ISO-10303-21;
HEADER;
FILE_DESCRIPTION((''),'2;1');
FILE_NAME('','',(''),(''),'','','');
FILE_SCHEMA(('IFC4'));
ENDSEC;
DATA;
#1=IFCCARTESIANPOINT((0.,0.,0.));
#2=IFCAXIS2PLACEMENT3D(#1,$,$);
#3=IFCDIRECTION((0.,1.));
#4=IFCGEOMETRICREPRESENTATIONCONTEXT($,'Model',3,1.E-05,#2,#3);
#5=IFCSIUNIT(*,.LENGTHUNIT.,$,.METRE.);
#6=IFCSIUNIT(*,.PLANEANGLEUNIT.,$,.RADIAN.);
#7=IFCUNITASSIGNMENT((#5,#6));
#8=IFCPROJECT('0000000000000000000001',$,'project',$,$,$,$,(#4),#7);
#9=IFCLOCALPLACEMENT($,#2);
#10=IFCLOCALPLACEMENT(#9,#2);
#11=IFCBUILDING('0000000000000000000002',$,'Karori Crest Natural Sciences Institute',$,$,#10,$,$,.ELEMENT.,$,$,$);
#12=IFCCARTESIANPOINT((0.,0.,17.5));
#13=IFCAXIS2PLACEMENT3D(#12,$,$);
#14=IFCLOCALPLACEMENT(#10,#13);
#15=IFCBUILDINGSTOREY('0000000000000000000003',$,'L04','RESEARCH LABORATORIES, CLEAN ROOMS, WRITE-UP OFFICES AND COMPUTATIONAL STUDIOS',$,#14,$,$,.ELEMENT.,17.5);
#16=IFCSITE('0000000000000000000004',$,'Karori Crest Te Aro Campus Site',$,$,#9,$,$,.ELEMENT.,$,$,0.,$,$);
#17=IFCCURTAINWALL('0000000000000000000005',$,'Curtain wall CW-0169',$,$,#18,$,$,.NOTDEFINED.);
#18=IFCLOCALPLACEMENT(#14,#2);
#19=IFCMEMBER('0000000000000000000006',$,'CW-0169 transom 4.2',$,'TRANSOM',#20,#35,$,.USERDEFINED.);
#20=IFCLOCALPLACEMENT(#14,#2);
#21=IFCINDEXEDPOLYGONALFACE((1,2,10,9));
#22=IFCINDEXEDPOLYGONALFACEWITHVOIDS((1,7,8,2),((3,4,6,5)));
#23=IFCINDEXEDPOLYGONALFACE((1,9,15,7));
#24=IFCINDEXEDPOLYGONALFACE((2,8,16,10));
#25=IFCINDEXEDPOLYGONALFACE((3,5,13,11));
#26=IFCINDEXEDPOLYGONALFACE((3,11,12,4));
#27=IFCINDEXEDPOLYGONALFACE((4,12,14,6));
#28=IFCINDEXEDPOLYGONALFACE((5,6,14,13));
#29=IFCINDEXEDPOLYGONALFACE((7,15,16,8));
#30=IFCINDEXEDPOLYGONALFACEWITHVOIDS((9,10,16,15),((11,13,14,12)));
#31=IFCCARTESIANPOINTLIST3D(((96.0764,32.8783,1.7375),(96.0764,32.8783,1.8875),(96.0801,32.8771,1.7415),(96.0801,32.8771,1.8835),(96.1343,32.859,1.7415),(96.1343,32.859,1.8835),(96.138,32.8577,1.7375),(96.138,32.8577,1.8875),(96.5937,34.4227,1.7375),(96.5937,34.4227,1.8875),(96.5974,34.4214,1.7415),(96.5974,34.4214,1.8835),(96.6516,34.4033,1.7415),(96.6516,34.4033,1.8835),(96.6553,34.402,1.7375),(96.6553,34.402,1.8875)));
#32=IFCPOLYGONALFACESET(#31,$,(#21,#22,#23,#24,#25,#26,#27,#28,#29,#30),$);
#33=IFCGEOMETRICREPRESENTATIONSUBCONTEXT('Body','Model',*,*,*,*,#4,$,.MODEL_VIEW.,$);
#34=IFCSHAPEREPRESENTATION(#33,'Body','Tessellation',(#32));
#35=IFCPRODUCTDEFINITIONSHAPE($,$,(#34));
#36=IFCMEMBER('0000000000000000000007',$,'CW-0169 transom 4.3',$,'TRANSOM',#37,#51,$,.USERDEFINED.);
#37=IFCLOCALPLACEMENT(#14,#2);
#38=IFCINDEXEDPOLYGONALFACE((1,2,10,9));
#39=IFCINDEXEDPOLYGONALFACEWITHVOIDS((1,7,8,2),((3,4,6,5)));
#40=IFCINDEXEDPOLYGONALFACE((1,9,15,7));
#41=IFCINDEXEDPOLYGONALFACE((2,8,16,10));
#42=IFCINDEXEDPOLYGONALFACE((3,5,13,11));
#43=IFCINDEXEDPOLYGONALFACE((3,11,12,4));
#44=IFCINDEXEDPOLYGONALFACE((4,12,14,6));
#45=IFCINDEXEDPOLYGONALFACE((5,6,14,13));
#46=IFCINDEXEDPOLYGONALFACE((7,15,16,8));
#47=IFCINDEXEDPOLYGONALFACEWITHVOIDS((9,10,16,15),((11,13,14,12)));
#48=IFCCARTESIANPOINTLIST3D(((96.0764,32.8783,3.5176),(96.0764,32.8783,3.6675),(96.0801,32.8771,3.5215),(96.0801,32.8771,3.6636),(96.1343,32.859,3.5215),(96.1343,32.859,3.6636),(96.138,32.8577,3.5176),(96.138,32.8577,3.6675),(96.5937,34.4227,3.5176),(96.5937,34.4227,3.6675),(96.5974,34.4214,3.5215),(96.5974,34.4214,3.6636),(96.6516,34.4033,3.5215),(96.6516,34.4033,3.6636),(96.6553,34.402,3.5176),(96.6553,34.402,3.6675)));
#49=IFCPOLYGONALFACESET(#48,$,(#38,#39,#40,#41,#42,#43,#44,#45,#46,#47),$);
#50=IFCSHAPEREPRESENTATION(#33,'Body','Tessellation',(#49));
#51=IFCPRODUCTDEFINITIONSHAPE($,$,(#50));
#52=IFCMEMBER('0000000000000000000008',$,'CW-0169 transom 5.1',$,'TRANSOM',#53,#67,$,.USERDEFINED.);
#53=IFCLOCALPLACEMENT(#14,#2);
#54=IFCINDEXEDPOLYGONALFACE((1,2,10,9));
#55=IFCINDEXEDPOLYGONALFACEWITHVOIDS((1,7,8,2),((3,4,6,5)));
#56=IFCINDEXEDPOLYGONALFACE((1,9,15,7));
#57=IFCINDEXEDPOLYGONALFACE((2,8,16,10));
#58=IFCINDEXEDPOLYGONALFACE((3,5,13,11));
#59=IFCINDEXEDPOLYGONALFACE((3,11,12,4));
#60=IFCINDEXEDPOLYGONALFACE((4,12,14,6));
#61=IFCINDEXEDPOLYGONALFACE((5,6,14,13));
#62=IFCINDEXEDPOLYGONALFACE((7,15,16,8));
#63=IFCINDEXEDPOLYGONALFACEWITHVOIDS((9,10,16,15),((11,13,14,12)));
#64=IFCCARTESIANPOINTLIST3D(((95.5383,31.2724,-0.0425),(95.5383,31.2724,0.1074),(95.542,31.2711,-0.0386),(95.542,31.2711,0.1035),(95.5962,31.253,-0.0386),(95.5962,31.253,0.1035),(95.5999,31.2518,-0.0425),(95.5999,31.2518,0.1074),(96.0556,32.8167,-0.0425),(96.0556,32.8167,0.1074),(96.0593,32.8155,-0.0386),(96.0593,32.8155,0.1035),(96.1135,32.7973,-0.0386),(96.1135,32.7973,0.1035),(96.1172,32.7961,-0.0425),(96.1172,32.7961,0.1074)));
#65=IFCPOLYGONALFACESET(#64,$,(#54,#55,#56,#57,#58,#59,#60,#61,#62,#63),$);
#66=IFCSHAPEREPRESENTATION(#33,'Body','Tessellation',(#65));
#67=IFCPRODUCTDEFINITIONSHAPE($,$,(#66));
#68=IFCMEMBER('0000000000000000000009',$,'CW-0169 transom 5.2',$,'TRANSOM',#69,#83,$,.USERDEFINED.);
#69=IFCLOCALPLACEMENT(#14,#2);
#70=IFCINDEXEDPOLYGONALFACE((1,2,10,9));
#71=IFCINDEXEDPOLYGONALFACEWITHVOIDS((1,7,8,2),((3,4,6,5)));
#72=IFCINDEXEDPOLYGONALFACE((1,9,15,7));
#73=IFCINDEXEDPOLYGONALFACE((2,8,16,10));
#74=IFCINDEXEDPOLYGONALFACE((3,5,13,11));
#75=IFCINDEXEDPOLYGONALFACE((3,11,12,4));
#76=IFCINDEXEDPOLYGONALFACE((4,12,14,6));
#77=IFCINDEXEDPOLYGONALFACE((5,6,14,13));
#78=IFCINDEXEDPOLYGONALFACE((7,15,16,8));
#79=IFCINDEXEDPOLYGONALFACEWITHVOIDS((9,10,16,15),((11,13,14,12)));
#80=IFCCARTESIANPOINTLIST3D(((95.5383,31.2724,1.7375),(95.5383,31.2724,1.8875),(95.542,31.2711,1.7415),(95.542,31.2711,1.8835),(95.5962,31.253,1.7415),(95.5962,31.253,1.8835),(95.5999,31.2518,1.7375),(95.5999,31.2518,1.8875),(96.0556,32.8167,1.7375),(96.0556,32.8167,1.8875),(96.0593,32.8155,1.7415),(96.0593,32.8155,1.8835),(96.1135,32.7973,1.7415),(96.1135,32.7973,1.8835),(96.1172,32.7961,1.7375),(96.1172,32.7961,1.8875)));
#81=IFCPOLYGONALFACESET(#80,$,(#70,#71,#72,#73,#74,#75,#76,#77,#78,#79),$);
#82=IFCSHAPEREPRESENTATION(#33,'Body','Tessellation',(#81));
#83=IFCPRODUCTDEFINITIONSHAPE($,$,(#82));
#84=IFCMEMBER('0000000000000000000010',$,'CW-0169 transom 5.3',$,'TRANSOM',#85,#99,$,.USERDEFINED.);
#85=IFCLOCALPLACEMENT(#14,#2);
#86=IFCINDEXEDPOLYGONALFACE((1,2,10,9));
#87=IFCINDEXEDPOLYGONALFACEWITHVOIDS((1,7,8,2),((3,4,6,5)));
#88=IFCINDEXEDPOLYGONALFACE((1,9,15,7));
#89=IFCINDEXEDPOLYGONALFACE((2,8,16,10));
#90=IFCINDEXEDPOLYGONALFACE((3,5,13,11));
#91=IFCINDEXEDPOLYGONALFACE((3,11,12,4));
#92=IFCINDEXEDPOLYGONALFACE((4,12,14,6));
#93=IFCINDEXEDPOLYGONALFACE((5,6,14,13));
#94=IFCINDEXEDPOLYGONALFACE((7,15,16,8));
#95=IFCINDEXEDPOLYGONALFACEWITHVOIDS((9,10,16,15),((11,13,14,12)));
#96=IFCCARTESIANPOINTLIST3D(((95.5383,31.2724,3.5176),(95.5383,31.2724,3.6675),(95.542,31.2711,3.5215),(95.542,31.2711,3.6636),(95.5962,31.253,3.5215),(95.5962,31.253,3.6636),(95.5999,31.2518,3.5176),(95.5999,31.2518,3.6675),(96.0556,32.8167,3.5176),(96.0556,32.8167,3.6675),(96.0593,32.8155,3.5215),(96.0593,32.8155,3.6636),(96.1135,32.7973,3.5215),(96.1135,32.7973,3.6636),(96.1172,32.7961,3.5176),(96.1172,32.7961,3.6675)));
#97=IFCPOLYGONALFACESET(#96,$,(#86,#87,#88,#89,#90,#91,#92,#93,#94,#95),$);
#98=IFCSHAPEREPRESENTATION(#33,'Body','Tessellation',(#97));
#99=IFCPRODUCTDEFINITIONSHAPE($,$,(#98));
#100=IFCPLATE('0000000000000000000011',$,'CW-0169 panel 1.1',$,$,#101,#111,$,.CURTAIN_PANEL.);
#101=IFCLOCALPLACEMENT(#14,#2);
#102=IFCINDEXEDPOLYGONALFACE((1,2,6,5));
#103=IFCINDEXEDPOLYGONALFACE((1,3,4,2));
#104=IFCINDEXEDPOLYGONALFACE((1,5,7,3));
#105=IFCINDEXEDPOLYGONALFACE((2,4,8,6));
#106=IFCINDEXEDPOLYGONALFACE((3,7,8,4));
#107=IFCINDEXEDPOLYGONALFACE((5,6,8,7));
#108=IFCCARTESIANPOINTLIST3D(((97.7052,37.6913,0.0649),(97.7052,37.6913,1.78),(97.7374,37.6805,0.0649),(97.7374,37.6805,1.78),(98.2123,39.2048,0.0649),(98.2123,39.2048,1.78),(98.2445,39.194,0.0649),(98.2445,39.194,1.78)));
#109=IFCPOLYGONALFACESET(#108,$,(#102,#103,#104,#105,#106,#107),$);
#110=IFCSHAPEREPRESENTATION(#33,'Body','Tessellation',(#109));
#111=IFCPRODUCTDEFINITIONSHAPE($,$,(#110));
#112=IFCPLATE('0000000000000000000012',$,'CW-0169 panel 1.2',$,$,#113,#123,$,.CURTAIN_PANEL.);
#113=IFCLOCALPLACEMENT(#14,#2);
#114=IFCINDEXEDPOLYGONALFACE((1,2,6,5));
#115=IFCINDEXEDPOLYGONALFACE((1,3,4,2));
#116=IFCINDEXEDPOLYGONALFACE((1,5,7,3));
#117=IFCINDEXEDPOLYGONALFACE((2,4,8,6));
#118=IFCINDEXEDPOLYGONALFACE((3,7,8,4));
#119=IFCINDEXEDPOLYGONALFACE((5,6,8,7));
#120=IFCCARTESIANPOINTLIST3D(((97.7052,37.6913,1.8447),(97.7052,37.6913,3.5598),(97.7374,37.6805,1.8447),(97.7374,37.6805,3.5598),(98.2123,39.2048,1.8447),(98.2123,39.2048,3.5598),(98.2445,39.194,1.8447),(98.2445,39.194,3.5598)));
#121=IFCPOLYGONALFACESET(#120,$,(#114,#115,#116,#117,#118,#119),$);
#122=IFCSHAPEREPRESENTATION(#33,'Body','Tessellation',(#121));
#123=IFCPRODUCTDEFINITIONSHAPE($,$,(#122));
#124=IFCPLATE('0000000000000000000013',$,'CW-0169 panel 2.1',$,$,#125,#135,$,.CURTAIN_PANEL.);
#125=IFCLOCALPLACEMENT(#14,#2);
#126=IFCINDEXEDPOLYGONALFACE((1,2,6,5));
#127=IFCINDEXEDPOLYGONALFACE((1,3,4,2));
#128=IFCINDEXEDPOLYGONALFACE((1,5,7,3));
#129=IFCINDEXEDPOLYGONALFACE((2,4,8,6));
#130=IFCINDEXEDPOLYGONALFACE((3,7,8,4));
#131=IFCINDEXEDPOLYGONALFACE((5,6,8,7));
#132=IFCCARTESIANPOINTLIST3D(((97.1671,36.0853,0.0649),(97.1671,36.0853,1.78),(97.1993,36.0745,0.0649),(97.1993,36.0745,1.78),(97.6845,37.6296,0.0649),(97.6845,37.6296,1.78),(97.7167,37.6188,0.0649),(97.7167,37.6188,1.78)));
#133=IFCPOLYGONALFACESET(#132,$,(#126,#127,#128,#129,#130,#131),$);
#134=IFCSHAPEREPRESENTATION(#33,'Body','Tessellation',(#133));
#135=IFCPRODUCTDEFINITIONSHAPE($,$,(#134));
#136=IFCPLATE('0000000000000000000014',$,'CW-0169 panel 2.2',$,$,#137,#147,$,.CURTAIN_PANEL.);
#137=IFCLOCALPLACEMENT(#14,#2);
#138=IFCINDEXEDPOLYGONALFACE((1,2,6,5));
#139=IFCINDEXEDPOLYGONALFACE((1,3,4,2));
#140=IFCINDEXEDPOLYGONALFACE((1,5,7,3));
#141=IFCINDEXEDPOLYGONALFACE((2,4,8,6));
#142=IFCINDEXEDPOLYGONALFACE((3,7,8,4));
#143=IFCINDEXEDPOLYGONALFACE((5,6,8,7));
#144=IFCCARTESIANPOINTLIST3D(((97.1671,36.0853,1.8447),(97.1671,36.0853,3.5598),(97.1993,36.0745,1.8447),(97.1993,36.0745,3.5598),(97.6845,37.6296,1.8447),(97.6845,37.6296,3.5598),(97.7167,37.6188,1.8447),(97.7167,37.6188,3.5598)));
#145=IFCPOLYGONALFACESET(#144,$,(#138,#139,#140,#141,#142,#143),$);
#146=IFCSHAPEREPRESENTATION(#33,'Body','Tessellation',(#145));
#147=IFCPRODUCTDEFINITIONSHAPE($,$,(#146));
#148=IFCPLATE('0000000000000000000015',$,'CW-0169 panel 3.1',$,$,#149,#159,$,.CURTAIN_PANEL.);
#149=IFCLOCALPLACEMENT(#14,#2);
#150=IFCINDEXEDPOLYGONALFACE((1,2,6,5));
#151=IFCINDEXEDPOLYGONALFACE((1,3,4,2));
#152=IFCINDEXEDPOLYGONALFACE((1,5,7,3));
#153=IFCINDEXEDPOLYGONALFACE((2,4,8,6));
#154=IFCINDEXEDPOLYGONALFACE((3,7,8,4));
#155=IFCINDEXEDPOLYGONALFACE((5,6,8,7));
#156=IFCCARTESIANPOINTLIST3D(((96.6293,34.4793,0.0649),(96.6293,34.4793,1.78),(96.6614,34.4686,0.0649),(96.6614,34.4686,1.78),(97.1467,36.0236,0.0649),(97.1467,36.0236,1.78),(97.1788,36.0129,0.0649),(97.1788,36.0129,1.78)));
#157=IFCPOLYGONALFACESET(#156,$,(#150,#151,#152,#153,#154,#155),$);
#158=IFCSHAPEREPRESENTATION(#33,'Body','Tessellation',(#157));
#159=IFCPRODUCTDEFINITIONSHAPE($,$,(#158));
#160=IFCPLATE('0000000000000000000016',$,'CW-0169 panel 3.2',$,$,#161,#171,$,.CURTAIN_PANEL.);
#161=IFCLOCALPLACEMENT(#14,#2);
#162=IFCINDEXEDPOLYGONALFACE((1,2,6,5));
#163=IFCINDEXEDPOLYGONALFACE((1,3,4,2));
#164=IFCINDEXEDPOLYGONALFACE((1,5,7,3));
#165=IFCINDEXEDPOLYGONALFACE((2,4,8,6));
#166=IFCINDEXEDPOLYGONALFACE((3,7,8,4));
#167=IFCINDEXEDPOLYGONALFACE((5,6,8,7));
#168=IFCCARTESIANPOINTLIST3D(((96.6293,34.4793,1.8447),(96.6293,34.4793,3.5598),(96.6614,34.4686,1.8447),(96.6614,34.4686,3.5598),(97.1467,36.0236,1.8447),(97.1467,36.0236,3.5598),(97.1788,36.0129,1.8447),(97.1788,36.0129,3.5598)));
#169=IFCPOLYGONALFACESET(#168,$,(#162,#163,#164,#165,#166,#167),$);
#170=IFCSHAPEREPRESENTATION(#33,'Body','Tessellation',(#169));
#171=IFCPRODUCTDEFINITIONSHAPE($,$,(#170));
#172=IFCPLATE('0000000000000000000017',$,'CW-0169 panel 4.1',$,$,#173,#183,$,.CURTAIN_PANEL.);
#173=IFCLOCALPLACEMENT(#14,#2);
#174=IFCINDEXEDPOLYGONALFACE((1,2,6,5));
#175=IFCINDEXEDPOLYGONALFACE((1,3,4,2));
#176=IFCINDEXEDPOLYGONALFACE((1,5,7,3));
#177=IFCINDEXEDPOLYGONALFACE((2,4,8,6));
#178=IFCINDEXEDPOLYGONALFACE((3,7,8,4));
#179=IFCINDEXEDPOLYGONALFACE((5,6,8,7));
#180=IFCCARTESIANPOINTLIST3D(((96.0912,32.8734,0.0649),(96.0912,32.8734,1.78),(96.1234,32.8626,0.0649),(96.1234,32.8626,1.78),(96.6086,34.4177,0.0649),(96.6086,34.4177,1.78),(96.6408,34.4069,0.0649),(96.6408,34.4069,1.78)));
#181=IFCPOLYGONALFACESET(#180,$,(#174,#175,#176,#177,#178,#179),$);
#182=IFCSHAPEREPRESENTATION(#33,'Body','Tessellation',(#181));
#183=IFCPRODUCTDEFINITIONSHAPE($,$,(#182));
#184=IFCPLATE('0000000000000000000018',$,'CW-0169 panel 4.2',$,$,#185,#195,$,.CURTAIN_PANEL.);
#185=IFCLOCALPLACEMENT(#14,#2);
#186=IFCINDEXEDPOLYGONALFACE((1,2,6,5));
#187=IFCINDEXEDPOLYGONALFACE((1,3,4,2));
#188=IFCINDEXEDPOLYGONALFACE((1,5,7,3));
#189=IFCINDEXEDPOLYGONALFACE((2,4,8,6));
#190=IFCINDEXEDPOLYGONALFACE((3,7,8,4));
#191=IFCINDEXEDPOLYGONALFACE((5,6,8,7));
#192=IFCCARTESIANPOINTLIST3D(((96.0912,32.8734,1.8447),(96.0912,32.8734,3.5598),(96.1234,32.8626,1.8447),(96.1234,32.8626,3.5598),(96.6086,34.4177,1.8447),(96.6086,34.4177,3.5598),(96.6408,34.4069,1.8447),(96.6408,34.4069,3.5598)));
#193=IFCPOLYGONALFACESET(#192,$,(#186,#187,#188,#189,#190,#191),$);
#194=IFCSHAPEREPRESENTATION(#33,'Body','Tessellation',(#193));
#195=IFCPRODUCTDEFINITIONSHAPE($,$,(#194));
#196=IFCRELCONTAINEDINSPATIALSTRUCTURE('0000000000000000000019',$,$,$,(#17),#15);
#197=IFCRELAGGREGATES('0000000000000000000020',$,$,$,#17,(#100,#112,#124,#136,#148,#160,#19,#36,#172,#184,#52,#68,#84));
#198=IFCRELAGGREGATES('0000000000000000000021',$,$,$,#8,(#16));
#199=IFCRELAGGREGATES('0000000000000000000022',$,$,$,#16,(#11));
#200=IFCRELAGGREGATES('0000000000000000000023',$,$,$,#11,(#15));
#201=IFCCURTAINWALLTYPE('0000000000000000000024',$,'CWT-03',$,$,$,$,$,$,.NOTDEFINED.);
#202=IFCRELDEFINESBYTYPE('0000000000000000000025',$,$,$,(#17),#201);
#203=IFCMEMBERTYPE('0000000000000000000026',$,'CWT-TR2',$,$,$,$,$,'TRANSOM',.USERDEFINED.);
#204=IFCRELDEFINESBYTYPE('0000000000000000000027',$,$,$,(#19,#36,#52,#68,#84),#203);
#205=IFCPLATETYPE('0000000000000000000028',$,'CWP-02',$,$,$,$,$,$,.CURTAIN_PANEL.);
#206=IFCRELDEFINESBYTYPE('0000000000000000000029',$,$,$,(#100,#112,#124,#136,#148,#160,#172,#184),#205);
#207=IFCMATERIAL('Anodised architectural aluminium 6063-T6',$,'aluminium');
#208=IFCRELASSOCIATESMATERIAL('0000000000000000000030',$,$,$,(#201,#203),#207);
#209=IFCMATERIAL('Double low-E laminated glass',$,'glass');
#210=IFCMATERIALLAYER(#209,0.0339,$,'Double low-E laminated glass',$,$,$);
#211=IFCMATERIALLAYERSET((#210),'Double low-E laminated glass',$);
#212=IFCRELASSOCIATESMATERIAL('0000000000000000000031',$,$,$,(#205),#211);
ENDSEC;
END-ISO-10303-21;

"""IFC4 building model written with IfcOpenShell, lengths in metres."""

from ifc_helpers import new_model, si_unit, direction, frame, origin, origin_2d, place, context, subcontext, project, spatial, rectangle, hollow_rectangle, extrude, material, layer, layer_set, material_profile, profile_set, type_object, element, aggregate, save


model = new_model("IFC4")

# Units and contexts
model_context = context("Model", 3, precision=1e-05, world=origin(), true_north=direction((0.0, 1.0)))
body_context = subcontext(model_context, "Body", "Model", "MODEL_VIEW")
ifc_project = project(units=[si_unit("LENGTHUNIT", "METRE"), si_unit("PLANEANGLEUNIT", "RADIAN")], contexts=[model_context])

# Site, building, storey
site_placement = place(None, origin())
site = spatial("IfcSite", under=ifc_project, at=site_placement, Name="Karori Crest Te Aro Campus Site", CompositionType="ELEMENT", RefElevation=0.0)
building_placement = place(site_placement, origin())
building = spatial("IfcBuilding", under=site, at=building_placement, Name="Karori Crest Natural Sciences Institute", CompositionType="ELEMENT")
storey_placement = place(building_placement, frame((0.0, 0.0, 17.5)))
storey = spatial("IfcBuildingStorey", under=building, at=storey_placement, Name="L04", Description="RESEARCH LABORATORIES, CLEAN ROOMS, WRITE-UP OFFICES AND COMPUTATIONAL STUDIOS", CompositionType="ELEMENT", Elevation=17.5)

# Curtain wall, members, plates
ifc_material_1 = material(Name="Anodised architectural aluminium 6063-T6", Category="aluminium")
curtain_wall_type = type_object("IfcCurtainWallType", Name="CWT-03", PredefinedType="NOTDEFINED", material=ifc_material_1)
curtain_wall_placement = place(storey_placement, origin())
curtain_wall = element("IfcCurtainWall", 1, at=curtain_wall_placement, inside=storey, type_object=curtain_wall_type, Name="Curtain wall CW-0169", PredefinedType="NOTDEFINED")
ifc_material_profile_1 = material_profile(ifc_material_1, hollow_rectangle(XDim=0.0649, YDim=0.1499, WallThickness=0.0039, at=origin_2d()), Name="CWT150x65x4")
ifc_profile_set_1 = profile_set([ifc_material_profile_1], Name="Anodised architectural aluminium 6063-T6")
member_type_1 = type_object("IfcMemberType", Name="CWT-TR2", ElementType="TRANSOM", PredefinedType="USERDEFINED", material=ifc_profile_set_1)
member_1_placement = place(storey_placement, frame((96.6245, 34.4124, 1.8125), z_axis=(-0.317621, -0.948218, 0.0), x_axis=(0.948218, -0.317621, 0.0)))
member_1 = element("IfcMember", 2, at=member_1_placement, type_object=member_type_1, Name="CW-0169 transom 4.2", ObjectType="TRANSOM", PredefinedType="USERDEFINED", context=body_context, shape_type="SweptSolid", body=[
    extrude(hollow_rectangle(XDim=0.0649, YDim=0.1499, WallThickness=0.0039, at=origin_2d()), origin(), (0.0, 0.0, 1.0), 1.6287),
])
member_2_placement = place(storey_placement, frame((96.6245, 34.4124, 3.5925), z_axis=(-0.317621, -0.948218, 0.0), x_axis=(0.948218, -0.317621, 0.0)))
member_2 = element("IfcMember", 3, at=member_2_placement, type_object=member_type_1, Name="CW-0169 transom 4.3", ObjectType="TRANSOM", PredefinedType="USERDEFINED", context=body_context, shape_type="SweptSolid", body=[
    extrude(hollow_rectangle(XDim=0.0649, YDim=0.1499, WallThickness=0.0039, at=origin_2d()), origin(), (0.0, 0.0, 1.0), 1.6287),
])
member_3_placement = place(storey_placement, frame((96.0864, 32.8064, 0.0325), z_axis=(-0.317621, -0.948218, 0.0), x_axis=(0.948218, -0.317621, 0.0)))
member_3 = element("IfcMember", 4, at=member_3_placement, type_object=member_type_1, Name="CW-0169 transom 5.1", ObjectType="TRANSOM", PredefinedType="USERDEFINED", context=body_context, shape_type="SweptSolid", body=[
    extrude(hollow_rectangle(XDim=0.0649, YDim=0.1499, WallThickness=0.0039, at=origin_2d()), origin(), (0.0, 0.0, 1.0), 1.6287),
])
member_4_placement = place(storey_placement, frame((96.0864, 32.8064, 1.8125), z_axis=(-0.317621, -0.948218, 0.0), x_axis=(0.948218, -0.317621, 0.0)))
member_4 = element("IfcMember", 5, at=member_4_placement, type_object=member_type_1, Name="CW-0169 transom 5.2", ObjectType="TRANSOM", PredefinedType="USERDEFINED", context=body_context, shape_type="SweptSolid", body=[
    extrude(hollow_rectangle(XDim=0.0649, YDim=0.1499, WallThickness=0.0039, at=origin_2d()), origin(), (0.0, 0.0, 1.0), 1.6287),
])
member_5_placement = place(storey_placement, frame((96.0864, 32.8064, 3.5925), z_axis=(-0.317621, -0.948218, 0.0), x_axis=(0.948218, -0.317621, 0.0)))
member_5 = element("IfcMember", 6, at=member_5_placement, type_object=member_type_1, Name="CW-0169 transom 5.3", ObjectType="TRANSOM", PredefinedType="USERDEFINED", context=body_context, shape_type="SweptSolid", body=[
    extrude(hollow_rectangle(XDim=0.0649, YDim=0.1499, WallThickness=0.0039, at=origin_2d()), origin(), (0.0, 0.0, 1.0), 1.6287),
])
ifc_material_2 = material(Name="Double low-E laminated glass", Category="glass")
ifc_layer_1 = layer(ifc_material_2, 0.0339, Name="Double low-E laminated glass")
ifc_layer_set_1 = layer_set([ifc_layer_1], Name="Double low-E laminated glass")
plate_type = type_object("IfcPlateType", Name="CWP-02", PredefinedType="CURTAIN_PANEL", material=ifc_layer_set_1)
plate_1_placement = place(storey_placement, frame((97.9749, 38.4426, 0.0649), z_axis=(0.0, 0.0, 1.0), x_axis=(-0.31768, -0.948198, 0.0)))
plate_1 = element("IfcPlate", 7, at=plate_1_placement, type_object=plate_type, Name="CW-0169 panel 1.1", PredefinedType="CURTAIN_PANEL", context=body_context, shape_type="SweptSolid", body=[
    extrude(rectangle(XDim=1.5962, YDim=0.0339, at=origin_2d()), origin(), (0.0, 0.0, 1.0), 1.7151),
])
plate_2_placement = place(storey_placement, frame((97.9749, 38.4426, 1.8447), z_axis=(0.0, 0.0, 1.0), x_axis=(-0.31768, -0.948198, 0.0)))
plate_2 = element("IfcPlate", 8, at=plate_2_placement, type_object=plate_type, Name="CW-0169 panel 1.2", PredefinedType="CURTAIN_PANEL", context=body_context, shape_type="SweptSolid", body=[
    extrude(rectangle(XDim=1.5962, YDim=0.0339, at=origin_2d()), origin(), (0.0, 0.0, 1.0), 1.7151),
])
plate_3_placement = place(storey_placement, frame((97.4419, 36.8521, 0.0649), z_axis=(0.0, 0.0, 1.0), x_axis=(-0.31768, -0.948198, 0.0)))
plate_3 = element("IfcPlate", 9, at=plate_3_placement, type_object=plate_type, Name="CW-0169 panel 2.1", PredefinedType="CURTAIN_PANEL", context=body_context, shape_type="SweptSolid", body=[
    extrude(rectangle(XDim=1.6287, YDim=0.0339, at=origin_2d()), origin(), (0.0, 0.0, 1.0), 1.7151),
])
plate_4_placement = place(storey_placement, frame((97.4419, 36.8521, 1.8447), z_axis=(0.0, 0.0, 1.0), x_axis=(-0.31768, -0.948198, 0.0)))
plate_4 = element("IfcPlate", 10, at=plate_4_placement, type_object=plate_type, Name="CW-0169 panel 2.2", PredefinedType="CURTAIN_PANEL", context=body_context, shape_type="SweptSolid", body=[
    extrude(rectangle(XDim=1.6287, YDim=0.0339, at=origin_2d()), origin(), (0.0, 0.0, 1.0), 1.7151),
])
plate_5_placement = place(storey_placement, frame((96.9041, 35.2461, 0.0649), z_axis=(0.0, 0.0, 1.0), x_axis=(-0.31768, -0.948198, 0.0)))
plate_5 = element("IfcPlate", 11, at=plate_5_placement, type_object=plate_type, Name="CW-0169 panel 3.1", PredefinedType="CURTAIN_PANEL", context=body_context, shape_type="SweptSolid", body=[
    extrude(rectangle(XDim=1.6287, YDim=0.0339, at=origin_2d()), origin(), (0.0, 0.0, 1.0), 1.7151),
])
plate_6_placement = place(storey_placement, frame((96.9041, 35.2461, 1.8447), z_axis=(0.0, 0.0, 1.0), x_axis=(-0.31768, -0.948198, 0.0)))
plate_6 = element("IfcPlate", 12, at=plate_6_placement, type_object=plate_type, Name="CW-0169 panel 3.2", PredefinedType="CURTAIN_PANEL", context=body_context, shape_type="SweptSolid", body=[
    extrude(rectangle(XDim=1.6287, YDim=0.0339, at=origin_2d()), origin(), (0.0, 0.0, 1.0), 1.7151),
])
plate_7_placement = place(storey_placement, frame((96.366, 33.6401, 0.0649), z_axis=(0.0, 0.0, 1.0), x_axis=(-0.31768, -0.948198, 0.0)))
plate_7 = element("IfcPlate", 13, at=plate_7_placement, type_object=plate_type, Name="CW-0169 panel 4.1", PredefinedType="CURTAIN_PANEL", context=body_context, shape_type="SweptSolid", body=[
    extrude(rectangle(XDim=1.6287, YDim=0.0339, at=origin_2d()), origin(), (0.0, 0.0, 1.0), 1.7151),
])
plate_8_placement = place(storey_placement, frame((96.366, 33.6401, 1.8447), z_axis=(0.0, 0.0, 1.0), x_axis=(-0.31768, -0.948198, 0.0)))
plate_8 = element("IfcPlate", 14, at=plate_8_placement, type_object=plate_type, Name="CW-0169 panel 4.2", PredefinedType="CURTAIN_PANEL", context=body_context, shape_type="SweptSolid", body=[
    extrude(rectangle(XDim=1.6287, YDim=0.0339, at=origin_2d()), origin(), (0.0, 0.0, 1.0), 1.7151),
])
aggregate(curtain_wall, [plate_1, plate_2, plate_3, plate_4, plate_5, plate_6, member_1, member_2, plate_7, plate_8, member_3, member_4, member_5])

save(model, "model.ifc")
